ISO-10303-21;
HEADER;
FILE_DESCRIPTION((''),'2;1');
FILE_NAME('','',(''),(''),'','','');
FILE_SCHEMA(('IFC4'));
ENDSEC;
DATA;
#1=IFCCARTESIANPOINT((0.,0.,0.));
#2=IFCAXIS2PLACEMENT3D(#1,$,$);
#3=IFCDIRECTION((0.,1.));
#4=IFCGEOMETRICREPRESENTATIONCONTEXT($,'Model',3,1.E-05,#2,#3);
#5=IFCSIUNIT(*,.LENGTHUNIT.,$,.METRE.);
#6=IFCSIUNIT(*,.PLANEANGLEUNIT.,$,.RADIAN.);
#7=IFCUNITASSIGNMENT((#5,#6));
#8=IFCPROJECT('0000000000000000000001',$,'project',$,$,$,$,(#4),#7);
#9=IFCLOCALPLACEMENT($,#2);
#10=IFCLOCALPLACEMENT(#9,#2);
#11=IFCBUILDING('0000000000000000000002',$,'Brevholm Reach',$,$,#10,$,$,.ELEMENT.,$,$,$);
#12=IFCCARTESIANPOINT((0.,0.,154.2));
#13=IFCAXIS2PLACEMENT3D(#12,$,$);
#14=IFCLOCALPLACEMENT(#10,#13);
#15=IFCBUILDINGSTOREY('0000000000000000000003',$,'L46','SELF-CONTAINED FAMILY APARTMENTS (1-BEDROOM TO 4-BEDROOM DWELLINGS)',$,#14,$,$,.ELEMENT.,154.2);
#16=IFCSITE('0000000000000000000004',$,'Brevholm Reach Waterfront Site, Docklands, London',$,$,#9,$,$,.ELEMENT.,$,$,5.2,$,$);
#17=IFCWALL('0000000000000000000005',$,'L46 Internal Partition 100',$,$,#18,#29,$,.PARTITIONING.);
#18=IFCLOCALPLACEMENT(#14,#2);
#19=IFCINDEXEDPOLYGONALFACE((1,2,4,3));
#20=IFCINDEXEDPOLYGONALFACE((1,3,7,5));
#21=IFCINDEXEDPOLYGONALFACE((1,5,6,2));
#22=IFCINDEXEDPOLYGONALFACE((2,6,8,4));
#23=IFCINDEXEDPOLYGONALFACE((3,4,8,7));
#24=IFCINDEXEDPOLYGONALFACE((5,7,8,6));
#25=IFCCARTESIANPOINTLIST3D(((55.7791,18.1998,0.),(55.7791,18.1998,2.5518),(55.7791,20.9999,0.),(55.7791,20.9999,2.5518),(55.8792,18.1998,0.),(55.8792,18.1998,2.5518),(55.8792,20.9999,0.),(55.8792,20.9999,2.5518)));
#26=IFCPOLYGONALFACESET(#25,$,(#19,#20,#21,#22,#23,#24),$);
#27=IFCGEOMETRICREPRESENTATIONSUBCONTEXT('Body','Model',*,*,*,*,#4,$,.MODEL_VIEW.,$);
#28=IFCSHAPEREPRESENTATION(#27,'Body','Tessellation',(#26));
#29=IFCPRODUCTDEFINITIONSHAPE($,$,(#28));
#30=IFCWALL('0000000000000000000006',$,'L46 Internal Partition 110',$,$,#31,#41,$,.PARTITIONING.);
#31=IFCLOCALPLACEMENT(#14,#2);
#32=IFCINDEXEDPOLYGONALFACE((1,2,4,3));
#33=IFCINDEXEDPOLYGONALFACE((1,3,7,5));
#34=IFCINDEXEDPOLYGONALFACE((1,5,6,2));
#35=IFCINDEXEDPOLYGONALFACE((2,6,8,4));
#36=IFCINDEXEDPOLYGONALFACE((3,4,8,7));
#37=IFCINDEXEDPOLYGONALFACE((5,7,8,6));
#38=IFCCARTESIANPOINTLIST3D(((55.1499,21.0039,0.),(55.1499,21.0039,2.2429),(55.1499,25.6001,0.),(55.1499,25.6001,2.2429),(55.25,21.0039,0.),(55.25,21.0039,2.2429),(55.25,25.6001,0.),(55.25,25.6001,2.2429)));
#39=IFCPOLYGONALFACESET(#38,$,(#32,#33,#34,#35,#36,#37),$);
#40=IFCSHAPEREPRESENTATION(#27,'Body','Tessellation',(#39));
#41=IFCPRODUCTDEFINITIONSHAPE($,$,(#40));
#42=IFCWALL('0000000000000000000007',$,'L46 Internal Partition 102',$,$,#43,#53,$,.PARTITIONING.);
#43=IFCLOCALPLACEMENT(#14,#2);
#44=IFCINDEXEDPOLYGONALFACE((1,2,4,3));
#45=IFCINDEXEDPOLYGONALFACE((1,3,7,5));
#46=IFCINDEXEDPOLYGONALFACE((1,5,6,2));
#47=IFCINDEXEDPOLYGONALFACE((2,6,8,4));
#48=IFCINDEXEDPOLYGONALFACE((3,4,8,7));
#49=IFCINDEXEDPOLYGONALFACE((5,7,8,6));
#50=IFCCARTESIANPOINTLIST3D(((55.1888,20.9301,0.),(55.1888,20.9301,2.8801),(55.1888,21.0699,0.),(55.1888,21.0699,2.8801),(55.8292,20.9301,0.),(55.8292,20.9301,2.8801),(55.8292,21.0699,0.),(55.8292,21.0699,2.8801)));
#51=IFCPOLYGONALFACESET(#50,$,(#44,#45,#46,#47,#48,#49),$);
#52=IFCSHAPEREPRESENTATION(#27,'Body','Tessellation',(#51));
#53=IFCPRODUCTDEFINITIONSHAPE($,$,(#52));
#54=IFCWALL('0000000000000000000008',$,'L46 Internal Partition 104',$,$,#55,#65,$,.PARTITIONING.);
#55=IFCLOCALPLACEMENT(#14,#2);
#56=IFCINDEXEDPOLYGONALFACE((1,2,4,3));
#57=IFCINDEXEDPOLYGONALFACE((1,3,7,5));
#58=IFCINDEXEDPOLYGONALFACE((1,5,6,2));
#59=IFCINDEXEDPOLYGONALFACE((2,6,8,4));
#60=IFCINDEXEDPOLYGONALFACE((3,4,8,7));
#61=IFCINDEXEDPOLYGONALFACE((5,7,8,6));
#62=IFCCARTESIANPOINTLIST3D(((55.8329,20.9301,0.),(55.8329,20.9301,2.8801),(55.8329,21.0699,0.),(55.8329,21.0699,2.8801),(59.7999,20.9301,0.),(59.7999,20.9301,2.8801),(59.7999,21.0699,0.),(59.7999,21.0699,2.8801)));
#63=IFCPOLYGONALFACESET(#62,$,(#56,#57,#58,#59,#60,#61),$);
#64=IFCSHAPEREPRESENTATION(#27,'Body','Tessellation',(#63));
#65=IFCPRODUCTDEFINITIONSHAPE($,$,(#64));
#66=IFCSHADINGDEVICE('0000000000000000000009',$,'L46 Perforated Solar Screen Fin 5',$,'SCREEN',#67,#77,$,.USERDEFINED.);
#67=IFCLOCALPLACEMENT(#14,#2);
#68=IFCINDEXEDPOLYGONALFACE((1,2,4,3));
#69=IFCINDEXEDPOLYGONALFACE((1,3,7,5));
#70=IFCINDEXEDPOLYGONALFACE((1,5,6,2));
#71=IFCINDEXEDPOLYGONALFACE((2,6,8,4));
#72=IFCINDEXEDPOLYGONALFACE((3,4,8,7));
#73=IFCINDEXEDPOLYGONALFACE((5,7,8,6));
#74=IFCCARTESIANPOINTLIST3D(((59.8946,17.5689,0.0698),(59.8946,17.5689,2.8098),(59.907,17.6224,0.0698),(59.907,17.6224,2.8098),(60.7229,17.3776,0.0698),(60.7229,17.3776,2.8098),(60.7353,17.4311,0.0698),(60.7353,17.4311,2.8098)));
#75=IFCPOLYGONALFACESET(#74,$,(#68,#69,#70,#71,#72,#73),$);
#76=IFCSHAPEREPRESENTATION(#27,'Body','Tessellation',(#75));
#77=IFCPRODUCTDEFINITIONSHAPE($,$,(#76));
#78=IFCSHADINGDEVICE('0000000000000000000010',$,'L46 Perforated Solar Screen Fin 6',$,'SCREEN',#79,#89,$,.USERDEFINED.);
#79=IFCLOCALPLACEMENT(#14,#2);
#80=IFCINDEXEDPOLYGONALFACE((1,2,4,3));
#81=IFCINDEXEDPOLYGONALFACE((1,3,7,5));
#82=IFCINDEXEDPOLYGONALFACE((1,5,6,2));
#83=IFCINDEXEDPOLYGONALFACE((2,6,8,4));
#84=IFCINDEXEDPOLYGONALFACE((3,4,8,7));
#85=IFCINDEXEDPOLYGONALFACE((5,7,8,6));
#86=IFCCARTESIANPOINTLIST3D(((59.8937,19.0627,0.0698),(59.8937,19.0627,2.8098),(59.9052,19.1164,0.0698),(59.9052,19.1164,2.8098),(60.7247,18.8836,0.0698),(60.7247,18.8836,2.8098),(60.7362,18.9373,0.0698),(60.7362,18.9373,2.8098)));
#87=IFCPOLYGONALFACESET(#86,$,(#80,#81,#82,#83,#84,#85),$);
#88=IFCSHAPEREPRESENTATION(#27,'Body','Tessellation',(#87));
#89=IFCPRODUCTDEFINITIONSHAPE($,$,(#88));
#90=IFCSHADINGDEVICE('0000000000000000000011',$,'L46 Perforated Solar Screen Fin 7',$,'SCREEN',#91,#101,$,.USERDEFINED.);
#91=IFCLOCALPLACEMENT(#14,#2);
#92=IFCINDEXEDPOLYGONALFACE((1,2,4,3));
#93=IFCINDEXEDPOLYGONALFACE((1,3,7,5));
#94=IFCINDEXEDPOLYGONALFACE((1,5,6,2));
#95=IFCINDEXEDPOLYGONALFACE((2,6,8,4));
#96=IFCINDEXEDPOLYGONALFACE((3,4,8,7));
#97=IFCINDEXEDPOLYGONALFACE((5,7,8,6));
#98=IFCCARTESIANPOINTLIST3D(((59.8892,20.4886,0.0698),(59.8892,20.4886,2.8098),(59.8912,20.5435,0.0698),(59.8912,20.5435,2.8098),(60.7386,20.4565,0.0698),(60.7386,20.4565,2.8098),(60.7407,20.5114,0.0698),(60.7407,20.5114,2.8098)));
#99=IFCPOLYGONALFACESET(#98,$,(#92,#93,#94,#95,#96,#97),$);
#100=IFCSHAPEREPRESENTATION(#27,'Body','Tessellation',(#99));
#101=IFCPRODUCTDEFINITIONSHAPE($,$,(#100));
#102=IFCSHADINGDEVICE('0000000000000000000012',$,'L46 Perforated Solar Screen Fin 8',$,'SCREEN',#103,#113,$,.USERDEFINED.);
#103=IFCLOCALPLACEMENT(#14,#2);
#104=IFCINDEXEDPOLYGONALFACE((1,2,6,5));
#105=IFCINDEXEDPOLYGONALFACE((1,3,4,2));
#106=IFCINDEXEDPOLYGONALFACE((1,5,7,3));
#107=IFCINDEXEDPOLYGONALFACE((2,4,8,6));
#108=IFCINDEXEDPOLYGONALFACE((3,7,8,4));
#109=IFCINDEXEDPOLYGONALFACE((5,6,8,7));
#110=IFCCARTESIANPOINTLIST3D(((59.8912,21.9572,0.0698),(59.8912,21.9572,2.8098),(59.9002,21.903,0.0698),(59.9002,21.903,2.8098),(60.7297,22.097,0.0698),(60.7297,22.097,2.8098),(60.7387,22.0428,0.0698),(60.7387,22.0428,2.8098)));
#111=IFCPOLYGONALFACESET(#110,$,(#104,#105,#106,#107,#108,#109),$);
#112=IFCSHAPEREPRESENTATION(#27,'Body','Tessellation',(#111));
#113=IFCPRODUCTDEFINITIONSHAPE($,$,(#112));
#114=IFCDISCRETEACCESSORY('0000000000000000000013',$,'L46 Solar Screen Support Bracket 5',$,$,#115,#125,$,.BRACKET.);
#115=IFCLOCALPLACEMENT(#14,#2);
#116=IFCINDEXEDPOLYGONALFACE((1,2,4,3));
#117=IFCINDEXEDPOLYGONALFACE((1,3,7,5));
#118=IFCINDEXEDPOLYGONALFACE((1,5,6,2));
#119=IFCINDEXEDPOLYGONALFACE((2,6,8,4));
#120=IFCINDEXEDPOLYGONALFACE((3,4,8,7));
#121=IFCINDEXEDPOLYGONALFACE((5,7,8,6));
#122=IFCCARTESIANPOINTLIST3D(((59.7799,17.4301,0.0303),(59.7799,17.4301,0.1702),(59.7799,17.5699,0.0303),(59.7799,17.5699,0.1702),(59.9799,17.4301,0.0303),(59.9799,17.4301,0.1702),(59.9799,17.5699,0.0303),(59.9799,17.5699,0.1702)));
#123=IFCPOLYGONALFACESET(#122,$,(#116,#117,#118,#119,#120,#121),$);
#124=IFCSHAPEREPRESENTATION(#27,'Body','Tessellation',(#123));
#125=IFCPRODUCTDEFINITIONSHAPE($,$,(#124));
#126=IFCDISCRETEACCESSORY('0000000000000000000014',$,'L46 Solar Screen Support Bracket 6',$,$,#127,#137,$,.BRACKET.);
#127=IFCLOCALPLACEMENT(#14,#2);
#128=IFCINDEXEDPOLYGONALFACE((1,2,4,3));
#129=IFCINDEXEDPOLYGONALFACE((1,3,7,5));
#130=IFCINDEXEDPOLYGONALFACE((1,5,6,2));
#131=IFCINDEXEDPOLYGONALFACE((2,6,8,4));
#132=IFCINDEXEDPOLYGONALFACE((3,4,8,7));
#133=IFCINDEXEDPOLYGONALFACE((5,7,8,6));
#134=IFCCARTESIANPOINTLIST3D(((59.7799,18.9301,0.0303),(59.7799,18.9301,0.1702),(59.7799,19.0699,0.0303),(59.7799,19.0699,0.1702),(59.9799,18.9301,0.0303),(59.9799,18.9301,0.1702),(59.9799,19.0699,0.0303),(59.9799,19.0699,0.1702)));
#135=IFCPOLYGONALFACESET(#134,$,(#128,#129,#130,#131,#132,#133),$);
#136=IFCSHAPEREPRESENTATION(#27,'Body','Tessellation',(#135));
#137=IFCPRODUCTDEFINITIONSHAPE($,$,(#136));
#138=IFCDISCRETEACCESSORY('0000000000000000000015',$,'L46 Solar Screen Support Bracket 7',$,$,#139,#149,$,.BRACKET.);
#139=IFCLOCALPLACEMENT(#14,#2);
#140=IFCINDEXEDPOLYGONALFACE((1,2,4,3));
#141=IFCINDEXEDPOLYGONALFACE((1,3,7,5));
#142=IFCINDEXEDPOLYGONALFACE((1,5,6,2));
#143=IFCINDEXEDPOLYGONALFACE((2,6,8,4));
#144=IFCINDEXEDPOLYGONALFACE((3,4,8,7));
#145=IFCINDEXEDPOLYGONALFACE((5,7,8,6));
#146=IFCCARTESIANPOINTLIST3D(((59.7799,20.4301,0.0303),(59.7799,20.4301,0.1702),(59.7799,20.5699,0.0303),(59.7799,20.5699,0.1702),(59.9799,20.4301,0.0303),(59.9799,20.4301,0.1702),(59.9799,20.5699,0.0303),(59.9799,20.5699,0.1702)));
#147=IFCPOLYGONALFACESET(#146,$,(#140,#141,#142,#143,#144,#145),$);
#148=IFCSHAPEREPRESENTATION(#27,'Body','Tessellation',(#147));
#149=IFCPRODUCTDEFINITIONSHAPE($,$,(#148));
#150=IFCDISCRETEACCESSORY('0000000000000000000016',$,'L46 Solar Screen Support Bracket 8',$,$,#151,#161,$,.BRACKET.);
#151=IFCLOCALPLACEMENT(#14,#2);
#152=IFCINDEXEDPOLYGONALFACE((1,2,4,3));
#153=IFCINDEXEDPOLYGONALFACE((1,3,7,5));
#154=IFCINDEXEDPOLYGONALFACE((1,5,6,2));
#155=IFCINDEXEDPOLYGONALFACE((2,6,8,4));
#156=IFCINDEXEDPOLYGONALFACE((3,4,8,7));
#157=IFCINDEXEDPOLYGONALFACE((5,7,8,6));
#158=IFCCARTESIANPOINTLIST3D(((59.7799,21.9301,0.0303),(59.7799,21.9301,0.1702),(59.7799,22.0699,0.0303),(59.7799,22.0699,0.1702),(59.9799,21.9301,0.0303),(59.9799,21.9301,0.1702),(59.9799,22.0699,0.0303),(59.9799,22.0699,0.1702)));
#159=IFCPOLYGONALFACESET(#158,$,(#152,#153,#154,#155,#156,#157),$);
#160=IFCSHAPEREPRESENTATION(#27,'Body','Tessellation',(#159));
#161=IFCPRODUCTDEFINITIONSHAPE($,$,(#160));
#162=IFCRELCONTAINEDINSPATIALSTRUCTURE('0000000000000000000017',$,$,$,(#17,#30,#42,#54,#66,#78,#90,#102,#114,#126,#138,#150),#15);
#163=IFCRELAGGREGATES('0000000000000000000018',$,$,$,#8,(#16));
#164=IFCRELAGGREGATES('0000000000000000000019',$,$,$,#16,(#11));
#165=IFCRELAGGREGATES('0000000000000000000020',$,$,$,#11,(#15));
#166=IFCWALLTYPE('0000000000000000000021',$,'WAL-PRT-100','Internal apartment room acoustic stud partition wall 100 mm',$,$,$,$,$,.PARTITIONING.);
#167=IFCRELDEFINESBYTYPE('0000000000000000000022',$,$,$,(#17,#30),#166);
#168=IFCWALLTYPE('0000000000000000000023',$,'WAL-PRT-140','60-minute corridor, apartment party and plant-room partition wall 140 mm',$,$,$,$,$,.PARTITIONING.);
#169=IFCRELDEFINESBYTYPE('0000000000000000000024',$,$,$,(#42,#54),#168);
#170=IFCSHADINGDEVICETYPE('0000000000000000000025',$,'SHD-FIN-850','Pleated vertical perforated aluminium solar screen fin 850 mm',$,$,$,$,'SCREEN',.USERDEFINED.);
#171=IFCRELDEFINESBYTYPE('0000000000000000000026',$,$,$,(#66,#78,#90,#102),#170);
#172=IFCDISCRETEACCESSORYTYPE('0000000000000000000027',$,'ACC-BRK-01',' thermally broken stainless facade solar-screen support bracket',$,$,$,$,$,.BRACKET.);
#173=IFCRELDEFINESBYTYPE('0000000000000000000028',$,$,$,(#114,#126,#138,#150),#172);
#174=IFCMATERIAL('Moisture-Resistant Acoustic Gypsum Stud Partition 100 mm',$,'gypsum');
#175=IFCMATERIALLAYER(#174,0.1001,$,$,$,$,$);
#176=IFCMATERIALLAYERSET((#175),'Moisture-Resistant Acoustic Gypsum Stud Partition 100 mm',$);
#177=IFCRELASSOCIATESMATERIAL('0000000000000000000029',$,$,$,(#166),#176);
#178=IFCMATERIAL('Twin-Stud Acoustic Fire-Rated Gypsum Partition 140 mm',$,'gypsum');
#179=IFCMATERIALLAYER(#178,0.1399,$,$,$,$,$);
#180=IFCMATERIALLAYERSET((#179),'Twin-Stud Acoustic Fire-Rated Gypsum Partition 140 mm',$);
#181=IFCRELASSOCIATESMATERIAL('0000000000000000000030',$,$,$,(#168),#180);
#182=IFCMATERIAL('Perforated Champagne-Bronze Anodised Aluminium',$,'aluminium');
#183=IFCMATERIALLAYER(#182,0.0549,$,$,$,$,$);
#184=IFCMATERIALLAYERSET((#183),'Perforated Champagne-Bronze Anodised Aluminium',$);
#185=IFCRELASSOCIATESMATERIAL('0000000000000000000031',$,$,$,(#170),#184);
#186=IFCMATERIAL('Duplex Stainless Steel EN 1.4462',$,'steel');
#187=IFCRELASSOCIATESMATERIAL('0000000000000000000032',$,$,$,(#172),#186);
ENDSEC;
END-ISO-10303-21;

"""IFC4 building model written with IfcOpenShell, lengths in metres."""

from ifc_helpers import new_model, si_unit, direction, frame, frame_2d, origin, origin_2d, place, context, subcontext, project, spatial, rectangle, extrude, material, layer, layer_set, type_object, element, save


model = new_model("IFC4")

# Units and contexts
model_context = context("Model", 3, precision=1e-05, world=origin(), true_north=direction((0.0, 1.0)))
body_context = subcontext(model_context, "Body", "Model", "MODEL_VIEW")
ifc_project = project(units=[si_unit("LENGTHUNIT", "METRE"), si_unit("PLANEANGLEUNIT", "RADIAN")], contexts=[model_context])

# Site, building, storey
site_placement = place(None, origin())
site = spatial("IfcSite", under=ifc_project, at=site_placement, Name="Brevholm Reach Waterfront Site, Docklands, London", CompositionType="ELEMENT", RefElevation=5.2)
building_placement = place(site_placement, origin())
building = spatial("IfcBuilding", under=site, at=building_placement, Name="Brevholm Reach", CompositionType="ELEMENT")
storey_placement = place(building_placement, frame((0.0, 0.0, 154.2)))
storey = spatial("IfcBuildingStorey", under=building, at=storey_placement, Name="L46", Description="SELF-CONTAINED FAMILY APARTMENTS (1-BEDROOM TO 4-BEDROOM DWELLINGS)", CompositionType="ELEMENT", Elevation=154.2)

# Walls
ifc_material_1 = material(Name="Moisture-Resistant Acoustic Gypsum Stud Partition 100 mm", Category="gypsum")
ifc_layer_1 = layer(ifc_material_1, 0.1001)
ifc_layer_set_1 = layer_set([ifc_layer_1], Name="Moisture-Resistant Acoustic Gypsum Stud Partition 100 mm")
wall_type_1 = type_object("IfcWallType", Name="WAL-PRT-100", Description="Internal apartment room acoustic stud partition wall 100 mm", PredefinedType="PARTITIONING", material=ifc_layer_set_1)
wall_1_placement = place(storey_placement, frame((55.8291, 18.2, 0.0), z_axis=(0.0, 0.0, 1.0), x_axis=(0.0, 1.0, 0.0)))
element("IfcWall", 1, at=wall_1_placement, inside=storey, type_object=wall_type_1, Name="L46 Internal Partition 100", PredefinedType="PARTITIONING", context=body_context, shape_type="SweptSolid", body=[
    extrude(rectangle(XDim=2.8, YDim=0.1001, at=frame_2d((1.3999, 0.0))), origin(), (0.0, 0.0, 1.0), 2.5518),
])
wall_2_placement = place(storey_placement, frame((55.2, 21.0039, 0.0), z_axis=(0.0, 0.0, 1.0), x_axis=(0.0, 1.0, 0.0)))
element("IfcWall", 2, at=wall_2_placement, inside=storey, type_object=wall_type_1, Name="L46 Internal Partition 110", PredefinedType="PARTITIONING", context=body_context, shape_type="SweptSolid", body=[
    extrude(rectangle(XDim=4.5962, YDim=0.1001, at=frame_2d((2.2981, 0.0))), origin(), (0.0, 0.0, 1.0), 2.2429),
])
ifc_material_2 = material(Name="Twin-Stud Acoustic Fire-Rated Gypsum Partition 140 mm", Category="gypsum")
ifc_layer_2 = layer(ifc_material_2, 0.1399)
ifc_layer_set_2 = layer_set([ifc_layer_2], Name="Twin-Stud Acoustic Fire-Rated Gypsum Partition 140 mm")
wall_type_2 = type_object("IfcWallType", Name="WAL-PRT-140", Description="60-minute corridor, apartment party and plant-room partition wall 140 mm", PredefinedType="PARTITIONING", material=ifc_layer_set_2)
wall_3_placement = place(storey_placement, frame((55.1887, 21.0, 0.0), z_axis=(0.0, 0.0, 1.0), x_axis=(1.0, 0.0, 0.0)))
element("IfcWall", 3, at=wall_3_placement, inside=storey, type_object=wall_type_2, Name="L46 Internal Partition 102", PredefinedType="PARTITIONING", context=body_context, shape_type="SweptSolid", body=[
    extrude(rectangle(XDim=0.6404, YDim=0.1399, at=frame_2d((0.3203, 0.0))), origin(), (0.0, 0.0, 1.0), 2.8801),
])
wall_4_placement = place(storey_placement, frame((55.833, 21.0, 0.0), z_axis=(0.0, 0.0, 1.0), x_axis=(1.0, 0.0, 0.0)))
element("IfcWall", 4, at=wall_4_placement, inside=storey, type_object=wall_type_2, Name="L46 Internal Partition 104", PredefinedType="PARTITIONING", context=body_context, shape_type="SweptSolid", body=[
    extrude(rectangle(XDim=3.967, YDim=0.1399, at=frame_2d((1.9834, 0.0))), origin(), (0.0, 0.0, 1.0), 2.8801),
])

# Shading devices
ifc_material_3 = material(Name="Perforated Champagne-Bronze Anodised Aluminium", Category="aluminium")
ifc_layer_3 = layer(ifc_material_3, 0.0549)
ifc_layer_set_3 = layer_set([ifc_layer_3], Name="Perforated Champagne-Bronze Anodised Aluminium")
shading_device_type = type_object("IfcShadingDeviceType", Name="SHD-FIN-850", Description="Pleated vertical perforated aluminium solar screen fin 850 mm", ElementType="SCREEN", PredefinedType="USERDEFINED", material=ifc_layer_set_3)
for number, where, z_axis, x_axis, name in (
    (5, (60.3149, 17.5, 0.0698), (0.0, 0.0, 1.0), (0.974362, -0.224985, 0.0), "L46 Perforated Solar Screen Fin 5"),
    (6, (60.3149, 19.0, 0.0698), (0.0, 0.0, 1.0), (0.977541, -0.210745, 0.0), "L46 Perforated Solar Screen Fin 6"),
    (7, (60.3149, 20.5, 0.0698), (0.0, 0.0, 1.0), (0.999284, -0.037847, 0.0), "L46 Perforated Solar Screen Fin 7"),
    (8, (60.3149, 22.0, 0.0698), (0.0, 0.0, 1.0), (0.986398, 0.164376, 0.0), "L46 Perforated Solar Screen Fin 8"),
):
    element("IfcShadingDevice", number, at=place(storey_placement, frame(where, z_axis=z_axis, x_axis=x_axis)), inside=storey, type_object=shading_device_type, Name=name, ObjectType="SCREEN", PredefinedType="USERDEFINED", context=body_context, shape_type="SweptSolid", body=[
        extrude(rectangle(XDim=0.8501, YDim=0.0549, at=origin_2d()), origin(), (0.0, 0.0, 1.0), 2.74),
    ])

# Discrete accessories
ifc_material_4 = material(Name="Duplex Stainless Steel EN 1.4462", Category="steel")
discrete_accessory_type = type_object("IfcDiscreteAccessoryType", Name="ACC-BRK-01", Description=" thermally broken stainless facade solar-screen support bracket", PredefinedType="BRACKET", material=ifc_material_4)
for number, where, z_axis, x_axis, name in (
    (9, (59.8799, 17.5, 0.0303), (0.0, 0.0, 1.0), (1.0, 0.0, 0.0), "L46 Solar Screen Support Bracket 5"),
    (10, (59.8799, 19.0, 0.0303), (0.0, 0.0, 1.0), (1.0, 0.0, 0.0), "L46 Solar Screen Support Bracket 6"),
    (11, (59.8799, 20.5, 0.0303), (0.0, 0.0, 1.0), (1.0, 0.0, 0.0), "L46 Solar Screen Support Bracket 7"),
    (12, (59.8799, 22.0, 0.0303), (0.0, 0.0, 1.0), (1.0, 0.0, 0.0), "L46 Solar Screen Support Bracket 8"),
):
    element("IfcDiscreteAccessory", number, at=place(storey_placement, frame(where, z_axis=z_axis, x_axis=x_axis)), inside=storey, type_object=discrete_accessory_type, Name=name, PredefinedType="BRACKET", context=body_context, shape_type="SweptSolid", body=[
        extrude(rectangle(XDim=0.2, YDim=0.1399, at=origin_2d()), origin(), (0.0, 0.0, 1.0), 0.1399),
    ])

save(model, "model.ifc")
